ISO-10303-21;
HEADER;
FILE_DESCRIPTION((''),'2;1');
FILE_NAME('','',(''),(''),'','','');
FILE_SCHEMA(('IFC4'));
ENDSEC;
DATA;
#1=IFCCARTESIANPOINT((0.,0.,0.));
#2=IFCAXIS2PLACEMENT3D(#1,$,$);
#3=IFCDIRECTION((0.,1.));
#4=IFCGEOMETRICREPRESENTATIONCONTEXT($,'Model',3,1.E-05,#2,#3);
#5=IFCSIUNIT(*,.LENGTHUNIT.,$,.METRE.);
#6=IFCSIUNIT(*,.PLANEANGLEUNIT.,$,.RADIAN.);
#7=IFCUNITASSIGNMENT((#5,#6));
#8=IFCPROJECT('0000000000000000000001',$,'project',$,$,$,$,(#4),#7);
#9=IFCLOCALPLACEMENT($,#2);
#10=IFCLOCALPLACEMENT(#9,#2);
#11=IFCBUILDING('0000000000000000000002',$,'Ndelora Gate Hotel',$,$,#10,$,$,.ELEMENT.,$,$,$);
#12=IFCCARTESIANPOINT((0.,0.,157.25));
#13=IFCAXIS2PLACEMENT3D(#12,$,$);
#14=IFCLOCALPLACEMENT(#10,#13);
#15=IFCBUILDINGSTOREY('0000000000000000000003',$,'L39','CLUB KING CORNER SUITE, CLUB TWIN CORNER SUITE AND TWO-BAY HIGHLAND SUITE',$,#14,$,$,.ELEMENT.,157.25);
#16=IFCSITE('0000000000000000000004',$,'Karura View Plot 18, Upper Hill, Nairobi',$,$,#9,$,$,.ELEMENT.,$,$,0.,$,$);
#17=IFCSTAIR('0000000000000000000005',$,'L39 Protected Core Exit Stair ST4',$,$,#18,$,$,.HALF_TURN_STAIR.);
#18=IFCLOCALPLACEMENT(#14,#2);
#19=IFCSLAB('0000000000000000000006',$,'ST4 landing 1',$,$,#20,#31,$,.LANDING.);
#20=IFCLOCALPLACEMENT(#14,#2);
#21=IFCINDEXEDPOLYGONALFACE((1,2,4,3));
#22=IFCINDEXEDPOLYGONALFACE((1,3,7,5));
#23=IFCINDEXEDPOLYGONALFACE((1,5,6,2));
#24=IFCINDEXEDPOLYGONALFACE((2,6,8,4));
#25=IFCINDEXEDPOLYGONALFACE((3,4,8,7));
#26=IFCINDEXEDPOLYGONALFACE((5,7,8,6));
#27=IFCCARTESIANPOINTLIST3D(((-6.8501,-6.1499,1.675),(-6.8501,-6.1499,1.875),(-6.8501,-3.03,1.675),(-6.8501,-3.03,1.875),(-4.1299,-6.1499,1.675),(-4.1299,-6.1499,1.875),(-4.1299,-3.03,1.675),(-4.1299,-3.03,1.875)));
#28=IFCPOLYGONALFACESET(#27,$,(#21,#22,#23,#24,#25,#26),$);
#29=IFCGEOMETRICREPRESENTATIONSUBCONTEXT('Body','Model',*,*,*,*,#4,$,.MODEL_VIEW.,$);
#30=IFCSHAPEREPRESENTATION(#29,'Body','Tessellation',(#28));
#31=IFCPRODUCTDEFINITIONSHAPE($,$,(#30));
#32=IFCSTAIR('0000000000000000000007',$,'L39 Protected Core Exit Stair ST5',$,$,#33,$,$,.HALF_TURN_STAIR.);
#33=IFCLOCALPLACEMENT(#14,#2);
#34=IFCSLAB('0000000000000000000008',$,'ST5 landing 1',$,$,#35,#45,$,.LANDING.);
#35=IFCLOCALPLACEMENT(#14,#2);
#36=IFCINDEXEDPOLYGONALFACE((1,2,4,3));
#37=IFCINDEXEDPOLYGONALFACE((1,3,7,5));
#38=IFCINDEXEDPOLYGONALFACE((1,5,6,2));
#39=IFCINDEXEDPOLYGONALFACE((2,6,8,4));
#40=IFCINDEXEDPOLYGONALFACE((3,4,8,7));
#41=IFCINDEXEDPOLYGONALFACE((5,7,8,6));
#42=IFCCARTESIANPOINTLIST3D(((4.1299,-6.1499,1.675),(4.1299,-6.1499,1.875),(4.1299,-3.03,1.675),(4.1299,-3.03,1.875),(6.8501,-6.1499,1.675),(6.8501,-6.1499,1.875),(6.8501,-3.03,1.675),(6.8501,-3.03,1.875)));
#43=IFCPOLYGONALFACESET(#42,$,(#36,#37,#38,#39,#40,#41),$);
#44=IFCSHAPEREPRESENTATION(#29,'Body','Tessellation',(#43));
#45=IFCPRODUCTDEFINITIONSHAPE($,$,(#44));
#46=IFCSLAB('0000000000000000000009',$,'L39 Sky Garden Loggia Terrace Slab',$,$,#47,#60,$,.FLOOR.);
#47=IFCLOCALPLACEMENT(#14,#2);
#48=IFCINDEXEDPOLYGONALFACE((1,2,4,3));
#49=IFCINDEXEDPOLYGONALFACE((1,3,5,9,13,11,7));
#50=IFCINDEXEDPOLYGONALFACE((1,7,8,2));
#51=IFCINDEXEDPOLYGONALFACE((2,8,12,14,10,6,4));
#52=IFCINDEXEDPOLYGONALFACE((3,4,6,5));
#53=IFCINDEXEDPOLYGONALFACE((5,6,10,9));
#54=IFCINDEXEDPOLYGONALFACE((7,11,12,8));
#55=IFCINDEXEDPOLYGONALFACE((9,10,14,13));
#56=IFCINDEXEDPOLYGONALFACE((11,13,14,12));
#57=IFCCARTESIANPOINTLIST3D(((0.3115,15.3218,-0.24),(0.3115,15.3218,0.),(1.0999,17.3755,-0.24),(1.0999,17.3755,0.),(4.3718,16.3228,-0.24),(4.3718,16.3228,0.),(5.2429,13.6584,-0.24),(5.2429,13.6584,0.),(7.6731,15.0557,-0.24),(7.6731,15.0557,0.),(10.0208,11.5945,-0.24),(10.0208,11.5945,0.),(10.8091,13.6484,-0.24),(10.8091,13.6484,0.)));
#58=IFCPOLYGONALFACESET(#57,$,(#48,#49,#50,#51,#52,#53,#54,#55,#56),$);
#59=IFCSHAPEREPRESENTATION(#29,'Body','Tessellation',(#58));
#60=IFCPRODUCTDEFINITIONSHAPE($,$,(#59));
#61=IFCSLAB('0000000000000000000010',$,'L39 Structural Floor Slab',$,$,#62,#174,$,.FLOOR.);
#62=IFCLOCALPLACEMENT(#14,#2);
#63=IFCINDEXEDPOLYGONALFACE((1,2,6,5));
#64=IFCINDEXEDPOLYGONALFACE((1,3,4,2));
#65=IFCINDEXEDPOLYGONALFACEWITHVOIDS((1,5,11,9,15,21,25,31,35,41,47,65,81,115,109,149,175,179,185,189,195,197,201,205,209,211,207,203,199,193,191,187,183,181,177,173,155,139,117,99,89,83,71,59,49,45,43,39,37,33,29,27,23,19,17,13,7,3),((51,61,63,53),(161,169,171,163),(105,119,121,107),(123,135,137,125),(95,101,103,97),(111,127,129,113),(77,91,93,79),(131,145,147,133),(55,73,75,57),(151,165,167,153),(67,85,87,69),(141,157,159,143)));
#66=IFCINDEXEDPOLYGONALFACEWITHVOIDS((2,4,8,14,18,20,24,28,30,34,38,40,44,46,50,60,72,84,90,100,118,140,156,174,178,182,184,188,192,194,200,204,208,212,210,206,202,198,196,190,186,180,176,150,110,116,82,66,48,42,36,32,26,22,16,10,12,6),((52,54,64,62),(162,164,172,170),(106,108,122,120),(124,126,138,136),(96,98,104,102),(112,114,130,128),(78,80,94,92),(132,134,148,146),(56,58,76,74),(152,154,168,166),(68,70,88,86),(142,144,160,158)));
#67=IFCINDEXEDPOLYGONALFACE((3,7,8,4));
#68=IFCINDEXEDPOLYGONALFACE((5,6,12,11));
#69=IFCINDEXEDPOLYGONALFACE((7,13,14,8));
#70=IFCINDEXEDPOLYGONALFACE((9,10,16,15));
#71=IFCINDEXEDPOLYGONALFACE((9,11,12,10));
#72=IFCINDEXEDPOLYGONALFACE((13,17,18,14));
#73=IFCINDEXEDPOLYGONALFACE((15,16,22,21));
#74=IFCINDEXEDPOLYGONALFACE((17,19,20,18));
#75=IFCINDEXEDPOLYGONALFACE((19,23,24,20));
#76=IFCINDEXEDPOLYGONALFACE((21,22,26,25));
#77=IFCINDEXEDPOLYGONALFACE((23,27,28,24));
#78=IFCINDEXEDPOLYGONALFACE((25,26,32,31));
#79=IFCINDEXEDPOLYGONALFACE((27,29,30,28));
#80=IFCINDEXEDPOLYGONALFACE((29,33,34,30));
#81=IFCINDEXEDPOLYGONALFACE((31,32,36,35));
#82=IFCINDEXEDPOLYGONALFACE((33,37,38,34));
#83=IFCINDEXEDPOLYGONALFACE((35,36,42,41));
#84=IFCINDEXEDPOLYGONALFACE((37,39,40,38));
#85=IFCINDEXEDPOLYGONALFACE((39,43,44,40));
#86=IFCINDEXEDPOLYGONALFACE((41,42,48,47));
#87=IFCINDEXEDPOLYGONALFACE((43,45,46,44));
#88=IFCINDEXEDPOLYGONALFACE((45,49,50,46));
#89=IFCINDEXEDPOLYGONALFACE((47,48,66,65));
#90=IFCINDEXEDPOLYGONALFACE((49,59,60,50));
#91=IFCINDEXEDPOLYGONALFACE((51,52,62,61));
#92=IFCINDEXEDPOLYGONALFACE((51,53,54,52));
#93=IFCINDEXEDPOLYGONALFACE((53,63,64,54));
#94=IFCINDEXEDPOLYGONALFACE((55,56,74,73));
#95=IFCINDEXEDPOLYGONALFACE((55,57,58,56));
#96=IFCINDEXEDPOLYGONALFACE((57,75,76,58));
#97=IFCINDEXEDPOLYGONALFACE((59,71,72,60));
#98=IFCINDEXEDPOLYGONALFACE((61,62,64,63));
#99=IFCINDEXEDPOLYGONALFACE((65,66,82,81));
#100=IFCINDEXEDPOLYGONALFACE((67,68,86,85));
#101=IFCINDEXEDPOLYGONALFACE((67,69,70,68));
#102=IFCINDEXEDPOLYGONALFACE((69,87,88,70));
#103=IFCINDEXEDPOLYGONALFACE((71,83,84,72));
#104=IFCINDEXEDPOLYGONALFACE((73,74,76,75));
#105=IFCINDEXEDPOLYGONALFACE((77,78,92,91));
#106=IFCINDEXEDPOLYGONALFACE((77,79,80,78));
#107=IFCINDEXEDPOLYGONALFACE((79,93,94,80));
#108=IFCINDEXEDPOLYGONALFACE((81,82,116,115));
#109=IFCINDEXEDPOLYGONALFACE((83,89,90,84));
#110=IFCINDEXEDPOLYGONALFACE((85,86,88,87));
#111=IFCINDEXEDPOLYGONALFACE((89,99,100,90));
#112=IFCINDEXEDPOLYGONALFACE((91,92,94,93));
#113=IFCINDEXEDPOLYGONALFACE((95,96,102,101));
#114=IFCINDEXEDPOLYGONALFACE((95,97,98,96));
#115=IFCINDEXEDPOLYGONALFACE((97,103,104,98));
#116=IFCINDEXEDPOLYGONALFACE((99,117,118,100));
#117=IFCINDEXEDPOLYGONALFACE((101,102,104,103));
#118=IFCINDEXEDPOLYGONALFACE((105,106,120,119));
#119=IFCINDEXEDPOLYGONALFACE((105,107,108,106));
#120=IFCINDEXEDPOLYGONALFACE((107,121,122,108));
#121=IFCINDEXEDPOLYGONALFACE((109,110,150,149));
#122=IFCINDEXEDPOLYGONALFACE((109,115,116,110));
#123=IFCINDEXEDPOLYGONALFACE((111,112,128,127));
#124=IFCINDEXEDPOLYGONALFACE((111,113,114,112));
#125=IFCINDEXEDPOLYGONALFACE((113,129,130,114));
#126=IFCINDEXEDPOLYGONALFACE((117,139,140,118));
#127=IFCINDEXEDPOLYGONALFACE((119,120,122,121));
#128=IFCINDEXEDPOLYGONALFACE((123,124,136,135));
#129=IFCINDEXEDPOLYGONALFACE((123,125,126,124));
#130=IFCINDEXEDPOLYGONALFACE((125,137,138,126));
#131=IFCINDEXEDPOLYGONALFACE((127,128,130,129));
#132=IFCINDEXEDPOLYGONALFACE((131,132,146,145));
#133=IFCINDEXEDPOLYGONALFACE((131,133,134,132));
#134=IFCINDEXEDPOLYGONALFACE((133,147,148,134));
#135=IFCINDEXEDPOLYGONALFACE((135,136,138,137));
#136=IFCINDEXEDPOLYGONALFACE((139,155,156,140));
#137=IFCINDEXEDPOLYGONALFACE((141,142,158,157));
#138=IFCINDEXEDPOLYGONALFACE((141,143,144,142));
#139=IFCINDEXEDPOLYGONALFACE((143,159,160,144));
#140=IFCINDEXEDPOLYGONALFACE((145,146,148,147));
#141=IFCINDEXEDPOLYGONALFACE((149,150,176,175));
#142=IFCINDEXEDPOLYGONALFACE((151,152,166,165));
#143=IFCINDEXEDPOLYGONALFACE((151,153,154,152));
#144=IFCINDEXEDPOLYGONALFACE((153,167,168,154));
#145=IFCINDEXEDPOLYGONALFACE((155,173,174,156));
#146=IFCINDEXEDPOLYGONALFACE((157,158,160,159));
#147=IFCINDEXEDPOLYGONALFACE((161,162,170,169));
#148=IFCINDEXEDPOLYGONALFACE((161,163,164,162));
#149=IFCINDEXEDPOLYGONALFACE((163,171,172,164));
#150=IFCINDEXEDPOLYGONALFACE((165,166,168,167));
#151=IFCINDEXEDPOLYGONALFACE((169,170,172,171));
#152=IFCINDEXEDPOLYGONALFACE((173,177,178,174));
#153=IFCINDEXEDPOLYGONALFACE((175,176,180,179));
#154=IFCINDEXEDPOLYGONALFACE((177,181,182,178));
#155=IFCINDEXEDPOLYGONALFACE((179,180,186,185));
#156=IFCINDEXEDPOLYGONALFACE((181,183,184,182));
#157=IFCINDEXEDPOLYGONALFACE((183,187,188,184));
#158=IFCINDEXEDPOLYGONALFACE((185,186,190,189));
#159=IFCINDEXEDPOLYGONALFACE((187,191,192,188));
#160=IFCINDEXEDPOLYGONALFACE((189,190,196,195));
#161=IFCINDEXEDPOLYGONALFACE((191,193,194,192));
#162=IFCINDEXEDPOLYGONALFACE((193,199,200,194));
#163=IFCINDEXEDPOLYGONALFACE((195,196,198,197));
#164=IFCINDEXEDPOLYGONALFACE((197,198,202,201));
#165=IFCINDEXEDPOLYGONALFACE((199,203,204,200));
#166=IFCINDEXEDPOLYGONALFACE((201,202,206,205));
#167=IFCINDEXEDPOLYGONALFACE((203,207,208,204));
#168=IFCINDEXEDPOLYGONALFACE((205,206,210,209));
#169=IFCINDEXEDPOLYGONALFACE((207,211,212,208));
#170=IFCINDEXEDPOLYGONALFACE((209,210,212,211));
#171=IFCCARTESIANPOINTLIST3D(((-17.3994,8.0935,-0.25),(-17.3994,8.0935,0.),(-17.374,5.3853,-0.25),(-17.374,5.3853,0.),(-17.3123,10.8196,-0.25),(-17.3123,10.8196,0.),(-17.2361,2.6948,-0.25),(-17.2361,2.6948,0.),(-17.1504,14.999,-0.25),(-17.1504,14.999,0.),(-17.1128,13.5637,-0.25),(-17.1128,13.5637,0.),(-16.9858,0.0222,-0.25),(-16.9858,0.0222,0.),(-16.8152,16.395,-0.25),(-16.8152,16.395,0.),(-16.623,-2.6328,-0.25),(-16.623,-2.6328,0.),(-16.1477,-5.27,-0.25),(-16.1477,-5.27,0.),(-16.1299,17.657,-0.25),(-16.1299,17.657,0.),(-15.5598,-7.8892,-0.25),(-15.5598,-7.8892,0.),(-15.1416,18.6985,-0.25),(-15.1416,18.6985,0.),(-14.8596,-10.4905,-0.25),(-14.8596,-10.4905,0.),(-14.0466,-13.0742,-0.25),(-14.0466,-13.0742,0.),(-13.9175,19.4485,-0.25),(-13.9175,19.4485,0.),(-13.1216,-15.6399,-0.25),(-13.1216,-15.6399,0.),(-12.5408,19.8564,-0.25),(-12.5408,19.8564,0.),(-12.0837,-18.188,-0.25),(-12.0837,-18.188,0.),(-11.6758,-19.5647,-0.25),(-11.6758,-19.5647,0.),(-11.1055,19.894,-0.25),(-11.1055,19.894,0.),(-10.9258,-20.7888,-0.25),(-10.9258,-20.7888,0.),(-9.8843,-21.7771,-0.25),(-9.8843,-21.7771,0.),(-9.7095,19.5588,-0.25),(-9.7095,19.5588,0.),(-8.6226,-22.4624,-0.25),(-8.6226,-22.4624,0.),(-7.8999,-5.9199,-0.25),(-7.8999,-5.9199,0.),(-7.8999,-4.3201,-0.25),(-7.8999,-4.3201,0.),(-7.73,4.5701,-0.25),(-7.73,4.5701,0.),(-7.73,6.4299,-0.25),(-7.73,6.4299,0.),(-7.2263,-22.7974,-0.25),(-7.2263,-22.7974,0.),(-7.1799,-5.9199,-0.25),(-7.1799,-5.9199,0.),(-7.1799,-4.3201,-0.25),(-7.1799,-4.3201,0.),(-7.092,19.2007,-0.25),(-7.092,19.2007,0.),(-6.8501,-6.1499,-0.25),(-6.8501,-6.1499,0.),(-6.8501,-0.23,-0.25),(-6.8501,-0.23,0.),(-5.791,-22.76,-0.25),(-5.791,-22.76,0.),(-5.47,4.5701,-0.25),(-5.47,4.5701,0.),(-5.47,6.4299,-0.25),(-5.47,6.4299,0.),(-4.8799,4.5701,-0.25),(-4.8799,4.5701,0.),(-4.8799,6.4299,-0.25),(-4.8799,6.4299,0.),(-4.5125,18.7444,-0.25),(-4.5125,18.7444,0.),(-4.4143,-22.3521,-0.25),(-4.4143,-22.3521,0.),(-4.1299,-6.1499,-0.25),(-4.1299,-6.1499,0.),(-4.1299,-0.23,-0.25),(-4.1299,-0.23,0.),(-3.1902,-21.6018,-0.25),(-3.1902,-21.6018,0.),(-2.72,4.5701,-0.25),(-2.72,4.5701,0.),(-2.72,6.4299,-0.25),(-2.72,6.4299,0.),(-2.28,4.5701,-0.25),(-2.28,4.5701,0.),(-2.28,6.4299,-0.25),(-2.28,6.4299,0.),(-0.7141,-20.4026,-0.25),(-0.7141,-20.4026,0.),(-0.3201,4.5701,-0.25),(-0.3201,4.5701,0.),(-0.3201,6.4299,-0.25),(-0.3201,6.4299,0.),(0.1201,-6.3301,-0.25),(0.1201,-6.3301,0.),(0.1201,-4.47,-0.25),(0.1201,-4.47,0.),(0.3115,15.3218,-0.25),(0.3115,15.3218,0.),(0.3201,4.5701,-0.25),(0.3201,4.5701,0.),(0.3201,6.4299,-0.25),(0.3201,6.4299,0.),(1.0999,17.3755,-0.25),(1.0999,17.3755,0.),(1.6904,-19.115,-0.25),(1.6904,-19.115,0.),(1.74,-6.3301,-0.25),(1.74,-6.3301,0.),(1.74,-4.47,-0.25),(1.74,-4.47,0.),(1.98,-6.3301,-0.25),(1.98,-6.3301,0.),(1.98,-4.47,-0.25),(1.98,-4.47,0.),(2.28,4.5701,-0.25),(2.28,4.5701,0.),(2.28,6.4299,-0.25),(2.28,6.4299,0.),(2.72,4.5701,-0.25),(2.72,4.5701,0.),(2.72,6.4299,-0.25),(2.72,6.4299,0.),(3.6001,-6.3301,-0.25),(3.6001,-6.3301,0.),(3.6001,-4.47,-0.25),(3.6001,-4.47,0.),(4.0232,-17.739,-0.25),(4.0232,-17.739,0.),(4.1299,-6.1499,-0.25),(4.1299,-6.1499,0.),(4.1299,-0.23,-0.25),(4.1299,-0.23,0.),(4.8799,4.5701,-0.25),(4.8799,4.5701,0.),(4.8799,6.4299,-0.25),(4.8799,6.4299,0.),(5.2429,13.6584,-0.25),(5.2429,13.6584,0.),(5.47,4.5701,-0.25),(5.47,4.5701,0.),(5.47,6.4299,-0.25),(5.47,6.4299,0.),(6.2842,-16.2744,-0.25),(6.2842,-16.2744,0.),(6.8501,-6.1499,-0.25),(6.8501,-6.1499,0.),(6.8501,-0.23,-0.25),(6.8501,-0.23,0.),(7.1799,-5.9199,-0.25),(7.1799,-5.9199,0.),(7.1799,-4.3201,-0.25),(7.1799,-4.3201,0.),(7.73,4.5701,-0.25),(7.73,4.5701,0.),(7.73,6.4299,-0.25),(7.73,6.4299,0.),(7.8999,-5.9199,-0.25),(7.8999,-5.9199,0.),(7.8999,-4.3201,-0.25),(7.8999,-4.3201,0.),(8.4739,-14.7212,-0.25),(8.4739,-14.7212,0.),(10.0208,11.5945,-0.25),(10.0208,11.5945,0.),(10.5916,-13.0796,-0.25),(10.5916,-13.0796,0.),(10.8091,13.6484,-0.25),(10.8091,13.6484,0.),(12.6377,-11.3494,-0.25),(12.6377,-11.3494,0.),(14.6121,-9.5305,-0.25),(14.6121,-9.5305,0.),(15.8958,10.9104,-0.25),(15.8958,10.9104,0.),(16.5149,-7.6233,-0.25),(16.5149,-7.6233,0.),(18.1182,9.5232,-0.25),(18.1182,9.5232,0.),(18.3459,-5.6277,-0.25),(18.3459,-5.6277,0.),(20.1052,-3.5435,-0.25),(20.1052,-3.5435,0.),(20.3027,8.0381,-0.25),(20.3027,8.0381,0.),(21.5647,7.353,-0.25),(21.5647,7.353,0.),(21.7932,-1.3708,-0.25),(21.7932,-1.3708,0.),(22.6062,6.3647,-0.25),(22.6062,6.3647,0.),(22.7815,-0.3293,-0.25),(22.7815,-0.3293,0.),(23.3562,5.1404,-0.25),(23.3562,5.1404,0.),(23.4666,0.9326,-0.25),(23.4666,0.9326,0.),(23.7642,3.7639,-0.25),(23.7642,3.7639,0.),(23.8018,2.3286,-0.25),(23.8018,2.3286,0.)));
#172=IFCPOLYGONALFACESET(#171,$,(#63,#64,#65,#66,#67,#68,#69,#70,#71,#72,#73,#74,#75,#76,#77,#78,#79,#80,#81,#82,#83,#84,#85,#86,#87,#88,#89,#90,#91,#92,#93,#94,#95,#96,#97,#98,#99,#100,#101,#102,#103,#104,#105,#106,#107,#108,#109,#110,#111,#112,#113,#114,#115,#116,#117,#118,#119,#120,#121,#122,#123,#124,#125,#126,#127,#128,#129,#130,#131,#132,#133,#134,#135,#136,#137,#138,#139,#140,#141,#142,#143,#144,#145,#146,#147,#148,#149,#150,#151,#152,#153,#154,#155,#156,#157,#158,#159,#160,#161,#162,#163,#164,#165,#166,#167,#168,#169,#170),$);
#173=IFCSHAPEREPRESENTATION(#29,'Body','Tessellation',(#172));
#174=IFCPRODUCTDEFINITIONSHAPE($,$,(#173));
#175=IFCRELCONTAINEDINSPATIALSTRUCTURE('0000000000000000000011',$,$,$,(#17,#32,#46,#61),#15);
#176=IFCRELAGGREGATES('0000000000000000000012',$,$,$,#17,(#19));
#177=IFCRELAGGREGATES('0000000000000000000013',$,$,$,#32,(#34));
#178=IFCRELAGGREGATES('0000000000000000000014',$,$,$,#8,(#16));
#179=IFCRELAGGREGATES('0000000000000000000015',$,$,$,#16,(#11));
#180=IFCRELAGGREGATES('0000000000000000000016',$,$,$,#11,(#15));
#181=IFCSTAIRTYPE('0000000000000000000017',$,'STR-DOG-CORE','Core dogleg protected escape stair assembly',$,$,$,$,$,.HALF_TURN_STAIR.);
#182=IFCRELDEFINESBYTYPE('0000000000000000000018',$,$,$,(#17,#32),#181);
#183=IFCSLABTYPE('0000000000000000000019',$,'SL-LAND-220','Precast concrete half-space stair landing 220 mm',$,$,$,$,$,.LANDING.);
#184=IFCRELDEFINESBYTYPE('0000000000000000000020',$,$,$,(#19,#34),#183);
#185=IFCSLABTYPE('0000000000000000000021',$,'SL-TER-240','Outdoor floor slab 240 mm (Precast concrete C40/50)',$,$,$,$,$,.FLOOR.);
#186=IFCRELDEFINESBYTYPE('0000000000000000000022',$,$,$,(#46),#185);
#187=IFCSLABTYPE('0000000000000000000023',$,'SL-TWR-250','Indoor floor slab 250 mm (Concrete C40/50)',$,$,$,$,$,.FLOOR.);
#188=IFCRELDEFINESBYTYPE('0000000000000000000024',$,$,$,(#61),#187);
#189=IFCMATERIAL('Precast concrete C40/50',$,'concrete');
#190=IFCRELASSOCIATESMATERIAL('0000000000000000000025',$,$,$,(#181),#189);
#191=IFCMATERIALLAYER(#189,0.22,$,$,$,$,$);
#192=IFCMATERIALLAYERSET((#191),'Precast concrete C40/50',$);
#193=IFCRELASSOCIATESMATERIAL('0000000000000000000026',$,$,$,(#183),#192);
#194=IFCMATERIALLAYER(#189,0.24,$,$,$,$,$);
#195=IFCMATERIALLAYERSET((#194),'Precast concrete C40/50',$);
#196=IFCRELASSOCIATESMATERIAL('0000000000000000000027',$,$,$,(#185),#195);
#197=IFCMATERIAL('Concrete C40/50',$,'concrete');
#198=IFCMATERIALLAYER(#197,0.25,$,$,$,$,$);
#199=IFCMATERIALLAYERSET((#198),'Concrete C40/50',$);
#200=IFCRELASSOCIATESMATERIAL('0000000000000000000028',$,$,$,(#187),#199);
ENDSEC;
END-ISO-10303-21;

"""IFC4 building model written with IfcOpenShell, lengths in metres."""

from ifc_helpers import new_model, si_unit, direction, frame, origin, place, context, subcontext, project, spatial, polyline, outline, extrude, material, layer, layer_set, type_object, element, aggregate, save


model = new_model("IFC4")

# Units and contexts
model_context = context("Model", 3, precision=1e-05, world=origin(), true_north=direction((0.0, 1.0)))
body_context = subcontext(model_context, "Body", "Model", "MODEL_VIEW")
ifc_project = project(units=[si_unit("LENGTHUNIT", "METRE"), si_unit("PLANEANGLEUNIT", "RADIAN")], contexts=[model_context])

# Site, building, storey
site_placement = place(None, origin())
site = spatial("IfcSite", under=ifc_project, at=site_placement, Name="Karura View Plot 18, Upper Hill, Nairobi", CompositionType="ELEMENT", RefElevation=0.0)
building_placement = place(site_placement, origin())
building = spatial("IfcBuilding", under=site, at=building_placement, Name="Ndelora Gate Hotel", CompositionType="ELEMENT")
storey_placement = place(building_placement, frame((0.0, 0.0, 157.25)))
storey = spatial("IfcBuildingStorey", under=building, at=storey_placement, Name="L39", Description="CLUB KING CORNER SUITE, CLUB TWIN CORNER SUITE AND TWO-BAY HIGHLAND SUITE", CompositionType="ELEMENT", Elevation=157.25)

# Stairs, slabs
ifc_material_1 = material(Name="Precast concrete C40/50", Category="concrete")
stair_type = type_object("IfcStairType", Name="STR-DOG-CORE", Description="Core dogleg protected escape stair assembly", PredefinedType="HALF_TURN_STAIR", material=ifc_material_1)
stair_1_placement = place(storey_placement, origin())
stair_1 = element("IfcStair", 1, at=stair_1_placement, inside=storey, type_object=stair_type, Name="L39 Protected Core Exit Stair ST4", PredefinedType="HALF_TURN_STAIR")
ifc_layer_1 = layer(ifc_material_1, 0.22)
ifc_layer_set_1 = layer_set([ifc_layer_1], Name="Precast concrete C40/50")
slab_type_1 = type_object("IfcSlabType", Name="SL-LAND-220", Description="Precast concrete half-space stair landing 220 mm", PredefinedType="LANDING", material=ifc_layer_set_1)
slab_1_placement = place(storey_placement, frame((0.0, 0.0, 1.675)))
slab_1 = element("IfcSlab", 2, at=slab_1_placement, type_object=slab_type_1, Name="ST4 landing 1", PredefinedType="LANDING", context=body_context, shape_type="SweptSolid", body=[
    extrude(outline(polyline([(-6.8501, -3.03), (-6.8501, -6.1499), (-4.1299, -6.1499), (-4.1299, -3.03), (-6.8501, -3.03)])), origin(), (0.0, 0.0, 1.0), 0.2),
])
aggregate(stair_1, [slab_1])
stair_2_placement = place(storey_placement, origin())
stair_2 = element("IfcStair", 3, at=stair_2_placement, inside=storey, type_object=stair_type, Name="L39 Protected Core Exit Stair ST5", PredefinedType="HALF_TURN_STAIR")
slab_2_placement = place(storey_placement, frame((0.0, 0.0, 1.675)))
slab_2 = element("IfcSlab", 4, at=slab_2_placement, type_object=slab_type_1, Name="ST5 landing 1", PredefinedType="LANDING", context=body_context, shape_type="SweptSolid", body=[
    extrude(outline(polyline([(4.1299, -3.03), (4.1299, -6.1499), (6.8501, -6.1499), (6.8501, -3.03), (4.1299, -3.03)])), origin(), (0.0, 0.0, 1.0), 0.2),
])

# Slabs
ifc_layer_2 = layer(ifc_material_1, 0.24)
ifc_layer_set_2 = layer_set([ifc_layer_2], Name="Precast concrete C40/50")
slab_type_2 = type_object("IfcSlabType", Name="SL-TER-240", Description="Outdoor floor slab 240 mm (Precast concrete C40/50)", PredefinedType="FLOOR", material=ifc_layer_set_2)
slab_3_placement = place(storey_placement, frame((0.0, 0.0, -0.24)))
element("IfcSlab", 5, at=slab_3_placement, inside=storey, type_object=slab_type_2, Name="L39 Sky Garden Loggia Terrace Slab", PredefinedType="FLOOR", context=body_context, shape_type="SweptSolid", body=[
    extrude(outline(polyline([(10.0208, 11.5945), (10.8091, 13.6484), (7.6731, 15.0557), (4.3718, 16.3228), (1.0999, 17.3755), (0.3115, 15.3218), (5.2429, 13.6584), (10.0208, 11.5945)])), origin(), (0.0, 0.0, 1.0), 0.24),
])
ifc_material_2 = material(Name="Concrete C40/50", Category="concrete")
ifc_layer_3 = layer(ifc_material_2, 0.25)
ifc_layer_set_3 = layer_set([ifc_layer_3], Name="Concrete C40/50")
slab_type_3 = type_object("IfcSlabType", Name="SL-TWR-250", Description="Indoor floor slab 250 mm (Concrete C40/50)", PredefinedType="FLOOR", material=ifc_layer_set_3)
slab_4_placement = place(storey_placement, frame((0.0, 0.0, -0.25)))
element("IfcSlab", 6, at=slab_4_placement, inside=storey, type_object=slab_type_3, Name="L39 Structural Floor Slab", PredefinedType="FLOOR", context=body_context, shape_type="SweptSolid", body=[
    extrude(outline(polyline([(-9.7095, 19.5588), (-11.1055, 19.894), (-12.5408, 19.8564), (-13.9175, 19.4485), (-15.1416, 18.6985), (-16.1299, 17.657), (-16.8152, 16.395), (-17.1504, 14.999), (-17.1128, 13.5637), (-17.3123, 10.8196), (-17.3994, 8.0935), (-17.374, 5.3853), (-17.2361, 2.6948), (-16.9858, 0.0222), (-16.623, -2.6328), (-16.1477, -5.27), (-15.5598, -7.8892), (-14.8596, -10.4905), (-14.0466, -13.0742), (-13.1216, -15.6399), (-12.0837, -18.188), (-11.6758, -19.5647), (-10.9258, -20.7888), (-9.8843, -21.7771), (-8.6226, -22.4624), (-7.2263, -22.7974), (-5.791, -22.76), (-4.4143, -22.3521), (-3.1902, -21.6018), (-0.7141, -20.4026), (1.6904, -19.115), (4.0232, -17.739), (6.2842, -16.2744), (8.4739, -14.7212), (10.5916, -13.0796), (12.6377, -11.3494), (14.6121, -9.5305), (16.5149, -7.6233), (18.3459, -5.6277), (20.1052, -3.5435), (21.7932, -1.3708), (22.7815, -0.3293), (23.4666, 0.9326), (23.8018, 2.3286), (23.7642, 3.7639), (23.3562, 5.1404), (22.6062, 6.3647), (21.5647, 7.353), (20.3027, 8.0381), (18.1182, 9.5232), (15.8958, 10.9104), (10.8091, 13.6484), (10.0208, 11.5945), (5.2429, 13.6584), (0.3115, 15.3218), (1.0999, 17.3755), (-4.5125, 18.7444), (-7.092, 19.2007), (-9.7095, 19.5588)]), holes=[polyline([(-6.8501, -0.23), (-6.8501, -6.1499), (-4.1299, -6.1499), (-4.1299, -0.23), (-6.8501, -0.23)]), polyline([(4.1299, -0.23), (4.1299, -6.1499), (6.8501, -6.1499), (6.8501, -0.23), (4.1299, -0.23)]), polyline([(-7.73, 4.5701), (-5.47, 4.5701), (-5.47, 6.4299), (-7.73, 6.4299), (-7.73, 4.5701)]), polyline([(5.47, 4.5701), (7.73, 4.5701), (7.73, 6.4299), (5.47, 6.4299), (5.47, 4.5701)]), polyline([(-4.8799, 4.5701), (-2.72, 4.5701), (-2.72, 6.4299), (-4.8799, 6.4299), (-4.8799, 4.5701)]), polyline([(2.72, 4.5701), (4.8799, 4.5701), (4.8799, 6.4299), (2.72, 6.4299), (2.72, 4.5701)]), polyline([(0.1201, -6.3301), (1.74, -6.3301), (1.74, -4.47), (0.1201, -4.47), (0.1201, -6.3301)]), polyline([(1.98, -6.3301), (3.6001, -6.3301), (3.6001, -4.47), (1.98, -4.47), (1.98, -6.3301)]), polyline([(-2.28, 4.5701), (-0.3201, 4.5701), (-0.3201, 6.4299), (-2.28, 6.4299), (-2.28, 4.5701)]), polyline([(0.3201, 4.5701), (2.28, 4.5701), (2.28, 6.4299), (0.3201, 6.4299), (0.3201, 4.5701)]), polyline([(-7.8999, -5.9199), (-7.1799, -5.9199), (-7.1799, -4.3201), (-7.8999, -4.3201), (-7.8999, -5.9199)]), polyline([(7.1799, -5.9199), (7.8999, -5.9199), (7.8999, -4.3201), (7.1799, -4.3201), (7.1799, -5.9199)])]), origin(), (0.0, 0.0, 1.0), 0.25),
])

aggregate(stair_2, [slab_2])

save(model, "model.ifc")
